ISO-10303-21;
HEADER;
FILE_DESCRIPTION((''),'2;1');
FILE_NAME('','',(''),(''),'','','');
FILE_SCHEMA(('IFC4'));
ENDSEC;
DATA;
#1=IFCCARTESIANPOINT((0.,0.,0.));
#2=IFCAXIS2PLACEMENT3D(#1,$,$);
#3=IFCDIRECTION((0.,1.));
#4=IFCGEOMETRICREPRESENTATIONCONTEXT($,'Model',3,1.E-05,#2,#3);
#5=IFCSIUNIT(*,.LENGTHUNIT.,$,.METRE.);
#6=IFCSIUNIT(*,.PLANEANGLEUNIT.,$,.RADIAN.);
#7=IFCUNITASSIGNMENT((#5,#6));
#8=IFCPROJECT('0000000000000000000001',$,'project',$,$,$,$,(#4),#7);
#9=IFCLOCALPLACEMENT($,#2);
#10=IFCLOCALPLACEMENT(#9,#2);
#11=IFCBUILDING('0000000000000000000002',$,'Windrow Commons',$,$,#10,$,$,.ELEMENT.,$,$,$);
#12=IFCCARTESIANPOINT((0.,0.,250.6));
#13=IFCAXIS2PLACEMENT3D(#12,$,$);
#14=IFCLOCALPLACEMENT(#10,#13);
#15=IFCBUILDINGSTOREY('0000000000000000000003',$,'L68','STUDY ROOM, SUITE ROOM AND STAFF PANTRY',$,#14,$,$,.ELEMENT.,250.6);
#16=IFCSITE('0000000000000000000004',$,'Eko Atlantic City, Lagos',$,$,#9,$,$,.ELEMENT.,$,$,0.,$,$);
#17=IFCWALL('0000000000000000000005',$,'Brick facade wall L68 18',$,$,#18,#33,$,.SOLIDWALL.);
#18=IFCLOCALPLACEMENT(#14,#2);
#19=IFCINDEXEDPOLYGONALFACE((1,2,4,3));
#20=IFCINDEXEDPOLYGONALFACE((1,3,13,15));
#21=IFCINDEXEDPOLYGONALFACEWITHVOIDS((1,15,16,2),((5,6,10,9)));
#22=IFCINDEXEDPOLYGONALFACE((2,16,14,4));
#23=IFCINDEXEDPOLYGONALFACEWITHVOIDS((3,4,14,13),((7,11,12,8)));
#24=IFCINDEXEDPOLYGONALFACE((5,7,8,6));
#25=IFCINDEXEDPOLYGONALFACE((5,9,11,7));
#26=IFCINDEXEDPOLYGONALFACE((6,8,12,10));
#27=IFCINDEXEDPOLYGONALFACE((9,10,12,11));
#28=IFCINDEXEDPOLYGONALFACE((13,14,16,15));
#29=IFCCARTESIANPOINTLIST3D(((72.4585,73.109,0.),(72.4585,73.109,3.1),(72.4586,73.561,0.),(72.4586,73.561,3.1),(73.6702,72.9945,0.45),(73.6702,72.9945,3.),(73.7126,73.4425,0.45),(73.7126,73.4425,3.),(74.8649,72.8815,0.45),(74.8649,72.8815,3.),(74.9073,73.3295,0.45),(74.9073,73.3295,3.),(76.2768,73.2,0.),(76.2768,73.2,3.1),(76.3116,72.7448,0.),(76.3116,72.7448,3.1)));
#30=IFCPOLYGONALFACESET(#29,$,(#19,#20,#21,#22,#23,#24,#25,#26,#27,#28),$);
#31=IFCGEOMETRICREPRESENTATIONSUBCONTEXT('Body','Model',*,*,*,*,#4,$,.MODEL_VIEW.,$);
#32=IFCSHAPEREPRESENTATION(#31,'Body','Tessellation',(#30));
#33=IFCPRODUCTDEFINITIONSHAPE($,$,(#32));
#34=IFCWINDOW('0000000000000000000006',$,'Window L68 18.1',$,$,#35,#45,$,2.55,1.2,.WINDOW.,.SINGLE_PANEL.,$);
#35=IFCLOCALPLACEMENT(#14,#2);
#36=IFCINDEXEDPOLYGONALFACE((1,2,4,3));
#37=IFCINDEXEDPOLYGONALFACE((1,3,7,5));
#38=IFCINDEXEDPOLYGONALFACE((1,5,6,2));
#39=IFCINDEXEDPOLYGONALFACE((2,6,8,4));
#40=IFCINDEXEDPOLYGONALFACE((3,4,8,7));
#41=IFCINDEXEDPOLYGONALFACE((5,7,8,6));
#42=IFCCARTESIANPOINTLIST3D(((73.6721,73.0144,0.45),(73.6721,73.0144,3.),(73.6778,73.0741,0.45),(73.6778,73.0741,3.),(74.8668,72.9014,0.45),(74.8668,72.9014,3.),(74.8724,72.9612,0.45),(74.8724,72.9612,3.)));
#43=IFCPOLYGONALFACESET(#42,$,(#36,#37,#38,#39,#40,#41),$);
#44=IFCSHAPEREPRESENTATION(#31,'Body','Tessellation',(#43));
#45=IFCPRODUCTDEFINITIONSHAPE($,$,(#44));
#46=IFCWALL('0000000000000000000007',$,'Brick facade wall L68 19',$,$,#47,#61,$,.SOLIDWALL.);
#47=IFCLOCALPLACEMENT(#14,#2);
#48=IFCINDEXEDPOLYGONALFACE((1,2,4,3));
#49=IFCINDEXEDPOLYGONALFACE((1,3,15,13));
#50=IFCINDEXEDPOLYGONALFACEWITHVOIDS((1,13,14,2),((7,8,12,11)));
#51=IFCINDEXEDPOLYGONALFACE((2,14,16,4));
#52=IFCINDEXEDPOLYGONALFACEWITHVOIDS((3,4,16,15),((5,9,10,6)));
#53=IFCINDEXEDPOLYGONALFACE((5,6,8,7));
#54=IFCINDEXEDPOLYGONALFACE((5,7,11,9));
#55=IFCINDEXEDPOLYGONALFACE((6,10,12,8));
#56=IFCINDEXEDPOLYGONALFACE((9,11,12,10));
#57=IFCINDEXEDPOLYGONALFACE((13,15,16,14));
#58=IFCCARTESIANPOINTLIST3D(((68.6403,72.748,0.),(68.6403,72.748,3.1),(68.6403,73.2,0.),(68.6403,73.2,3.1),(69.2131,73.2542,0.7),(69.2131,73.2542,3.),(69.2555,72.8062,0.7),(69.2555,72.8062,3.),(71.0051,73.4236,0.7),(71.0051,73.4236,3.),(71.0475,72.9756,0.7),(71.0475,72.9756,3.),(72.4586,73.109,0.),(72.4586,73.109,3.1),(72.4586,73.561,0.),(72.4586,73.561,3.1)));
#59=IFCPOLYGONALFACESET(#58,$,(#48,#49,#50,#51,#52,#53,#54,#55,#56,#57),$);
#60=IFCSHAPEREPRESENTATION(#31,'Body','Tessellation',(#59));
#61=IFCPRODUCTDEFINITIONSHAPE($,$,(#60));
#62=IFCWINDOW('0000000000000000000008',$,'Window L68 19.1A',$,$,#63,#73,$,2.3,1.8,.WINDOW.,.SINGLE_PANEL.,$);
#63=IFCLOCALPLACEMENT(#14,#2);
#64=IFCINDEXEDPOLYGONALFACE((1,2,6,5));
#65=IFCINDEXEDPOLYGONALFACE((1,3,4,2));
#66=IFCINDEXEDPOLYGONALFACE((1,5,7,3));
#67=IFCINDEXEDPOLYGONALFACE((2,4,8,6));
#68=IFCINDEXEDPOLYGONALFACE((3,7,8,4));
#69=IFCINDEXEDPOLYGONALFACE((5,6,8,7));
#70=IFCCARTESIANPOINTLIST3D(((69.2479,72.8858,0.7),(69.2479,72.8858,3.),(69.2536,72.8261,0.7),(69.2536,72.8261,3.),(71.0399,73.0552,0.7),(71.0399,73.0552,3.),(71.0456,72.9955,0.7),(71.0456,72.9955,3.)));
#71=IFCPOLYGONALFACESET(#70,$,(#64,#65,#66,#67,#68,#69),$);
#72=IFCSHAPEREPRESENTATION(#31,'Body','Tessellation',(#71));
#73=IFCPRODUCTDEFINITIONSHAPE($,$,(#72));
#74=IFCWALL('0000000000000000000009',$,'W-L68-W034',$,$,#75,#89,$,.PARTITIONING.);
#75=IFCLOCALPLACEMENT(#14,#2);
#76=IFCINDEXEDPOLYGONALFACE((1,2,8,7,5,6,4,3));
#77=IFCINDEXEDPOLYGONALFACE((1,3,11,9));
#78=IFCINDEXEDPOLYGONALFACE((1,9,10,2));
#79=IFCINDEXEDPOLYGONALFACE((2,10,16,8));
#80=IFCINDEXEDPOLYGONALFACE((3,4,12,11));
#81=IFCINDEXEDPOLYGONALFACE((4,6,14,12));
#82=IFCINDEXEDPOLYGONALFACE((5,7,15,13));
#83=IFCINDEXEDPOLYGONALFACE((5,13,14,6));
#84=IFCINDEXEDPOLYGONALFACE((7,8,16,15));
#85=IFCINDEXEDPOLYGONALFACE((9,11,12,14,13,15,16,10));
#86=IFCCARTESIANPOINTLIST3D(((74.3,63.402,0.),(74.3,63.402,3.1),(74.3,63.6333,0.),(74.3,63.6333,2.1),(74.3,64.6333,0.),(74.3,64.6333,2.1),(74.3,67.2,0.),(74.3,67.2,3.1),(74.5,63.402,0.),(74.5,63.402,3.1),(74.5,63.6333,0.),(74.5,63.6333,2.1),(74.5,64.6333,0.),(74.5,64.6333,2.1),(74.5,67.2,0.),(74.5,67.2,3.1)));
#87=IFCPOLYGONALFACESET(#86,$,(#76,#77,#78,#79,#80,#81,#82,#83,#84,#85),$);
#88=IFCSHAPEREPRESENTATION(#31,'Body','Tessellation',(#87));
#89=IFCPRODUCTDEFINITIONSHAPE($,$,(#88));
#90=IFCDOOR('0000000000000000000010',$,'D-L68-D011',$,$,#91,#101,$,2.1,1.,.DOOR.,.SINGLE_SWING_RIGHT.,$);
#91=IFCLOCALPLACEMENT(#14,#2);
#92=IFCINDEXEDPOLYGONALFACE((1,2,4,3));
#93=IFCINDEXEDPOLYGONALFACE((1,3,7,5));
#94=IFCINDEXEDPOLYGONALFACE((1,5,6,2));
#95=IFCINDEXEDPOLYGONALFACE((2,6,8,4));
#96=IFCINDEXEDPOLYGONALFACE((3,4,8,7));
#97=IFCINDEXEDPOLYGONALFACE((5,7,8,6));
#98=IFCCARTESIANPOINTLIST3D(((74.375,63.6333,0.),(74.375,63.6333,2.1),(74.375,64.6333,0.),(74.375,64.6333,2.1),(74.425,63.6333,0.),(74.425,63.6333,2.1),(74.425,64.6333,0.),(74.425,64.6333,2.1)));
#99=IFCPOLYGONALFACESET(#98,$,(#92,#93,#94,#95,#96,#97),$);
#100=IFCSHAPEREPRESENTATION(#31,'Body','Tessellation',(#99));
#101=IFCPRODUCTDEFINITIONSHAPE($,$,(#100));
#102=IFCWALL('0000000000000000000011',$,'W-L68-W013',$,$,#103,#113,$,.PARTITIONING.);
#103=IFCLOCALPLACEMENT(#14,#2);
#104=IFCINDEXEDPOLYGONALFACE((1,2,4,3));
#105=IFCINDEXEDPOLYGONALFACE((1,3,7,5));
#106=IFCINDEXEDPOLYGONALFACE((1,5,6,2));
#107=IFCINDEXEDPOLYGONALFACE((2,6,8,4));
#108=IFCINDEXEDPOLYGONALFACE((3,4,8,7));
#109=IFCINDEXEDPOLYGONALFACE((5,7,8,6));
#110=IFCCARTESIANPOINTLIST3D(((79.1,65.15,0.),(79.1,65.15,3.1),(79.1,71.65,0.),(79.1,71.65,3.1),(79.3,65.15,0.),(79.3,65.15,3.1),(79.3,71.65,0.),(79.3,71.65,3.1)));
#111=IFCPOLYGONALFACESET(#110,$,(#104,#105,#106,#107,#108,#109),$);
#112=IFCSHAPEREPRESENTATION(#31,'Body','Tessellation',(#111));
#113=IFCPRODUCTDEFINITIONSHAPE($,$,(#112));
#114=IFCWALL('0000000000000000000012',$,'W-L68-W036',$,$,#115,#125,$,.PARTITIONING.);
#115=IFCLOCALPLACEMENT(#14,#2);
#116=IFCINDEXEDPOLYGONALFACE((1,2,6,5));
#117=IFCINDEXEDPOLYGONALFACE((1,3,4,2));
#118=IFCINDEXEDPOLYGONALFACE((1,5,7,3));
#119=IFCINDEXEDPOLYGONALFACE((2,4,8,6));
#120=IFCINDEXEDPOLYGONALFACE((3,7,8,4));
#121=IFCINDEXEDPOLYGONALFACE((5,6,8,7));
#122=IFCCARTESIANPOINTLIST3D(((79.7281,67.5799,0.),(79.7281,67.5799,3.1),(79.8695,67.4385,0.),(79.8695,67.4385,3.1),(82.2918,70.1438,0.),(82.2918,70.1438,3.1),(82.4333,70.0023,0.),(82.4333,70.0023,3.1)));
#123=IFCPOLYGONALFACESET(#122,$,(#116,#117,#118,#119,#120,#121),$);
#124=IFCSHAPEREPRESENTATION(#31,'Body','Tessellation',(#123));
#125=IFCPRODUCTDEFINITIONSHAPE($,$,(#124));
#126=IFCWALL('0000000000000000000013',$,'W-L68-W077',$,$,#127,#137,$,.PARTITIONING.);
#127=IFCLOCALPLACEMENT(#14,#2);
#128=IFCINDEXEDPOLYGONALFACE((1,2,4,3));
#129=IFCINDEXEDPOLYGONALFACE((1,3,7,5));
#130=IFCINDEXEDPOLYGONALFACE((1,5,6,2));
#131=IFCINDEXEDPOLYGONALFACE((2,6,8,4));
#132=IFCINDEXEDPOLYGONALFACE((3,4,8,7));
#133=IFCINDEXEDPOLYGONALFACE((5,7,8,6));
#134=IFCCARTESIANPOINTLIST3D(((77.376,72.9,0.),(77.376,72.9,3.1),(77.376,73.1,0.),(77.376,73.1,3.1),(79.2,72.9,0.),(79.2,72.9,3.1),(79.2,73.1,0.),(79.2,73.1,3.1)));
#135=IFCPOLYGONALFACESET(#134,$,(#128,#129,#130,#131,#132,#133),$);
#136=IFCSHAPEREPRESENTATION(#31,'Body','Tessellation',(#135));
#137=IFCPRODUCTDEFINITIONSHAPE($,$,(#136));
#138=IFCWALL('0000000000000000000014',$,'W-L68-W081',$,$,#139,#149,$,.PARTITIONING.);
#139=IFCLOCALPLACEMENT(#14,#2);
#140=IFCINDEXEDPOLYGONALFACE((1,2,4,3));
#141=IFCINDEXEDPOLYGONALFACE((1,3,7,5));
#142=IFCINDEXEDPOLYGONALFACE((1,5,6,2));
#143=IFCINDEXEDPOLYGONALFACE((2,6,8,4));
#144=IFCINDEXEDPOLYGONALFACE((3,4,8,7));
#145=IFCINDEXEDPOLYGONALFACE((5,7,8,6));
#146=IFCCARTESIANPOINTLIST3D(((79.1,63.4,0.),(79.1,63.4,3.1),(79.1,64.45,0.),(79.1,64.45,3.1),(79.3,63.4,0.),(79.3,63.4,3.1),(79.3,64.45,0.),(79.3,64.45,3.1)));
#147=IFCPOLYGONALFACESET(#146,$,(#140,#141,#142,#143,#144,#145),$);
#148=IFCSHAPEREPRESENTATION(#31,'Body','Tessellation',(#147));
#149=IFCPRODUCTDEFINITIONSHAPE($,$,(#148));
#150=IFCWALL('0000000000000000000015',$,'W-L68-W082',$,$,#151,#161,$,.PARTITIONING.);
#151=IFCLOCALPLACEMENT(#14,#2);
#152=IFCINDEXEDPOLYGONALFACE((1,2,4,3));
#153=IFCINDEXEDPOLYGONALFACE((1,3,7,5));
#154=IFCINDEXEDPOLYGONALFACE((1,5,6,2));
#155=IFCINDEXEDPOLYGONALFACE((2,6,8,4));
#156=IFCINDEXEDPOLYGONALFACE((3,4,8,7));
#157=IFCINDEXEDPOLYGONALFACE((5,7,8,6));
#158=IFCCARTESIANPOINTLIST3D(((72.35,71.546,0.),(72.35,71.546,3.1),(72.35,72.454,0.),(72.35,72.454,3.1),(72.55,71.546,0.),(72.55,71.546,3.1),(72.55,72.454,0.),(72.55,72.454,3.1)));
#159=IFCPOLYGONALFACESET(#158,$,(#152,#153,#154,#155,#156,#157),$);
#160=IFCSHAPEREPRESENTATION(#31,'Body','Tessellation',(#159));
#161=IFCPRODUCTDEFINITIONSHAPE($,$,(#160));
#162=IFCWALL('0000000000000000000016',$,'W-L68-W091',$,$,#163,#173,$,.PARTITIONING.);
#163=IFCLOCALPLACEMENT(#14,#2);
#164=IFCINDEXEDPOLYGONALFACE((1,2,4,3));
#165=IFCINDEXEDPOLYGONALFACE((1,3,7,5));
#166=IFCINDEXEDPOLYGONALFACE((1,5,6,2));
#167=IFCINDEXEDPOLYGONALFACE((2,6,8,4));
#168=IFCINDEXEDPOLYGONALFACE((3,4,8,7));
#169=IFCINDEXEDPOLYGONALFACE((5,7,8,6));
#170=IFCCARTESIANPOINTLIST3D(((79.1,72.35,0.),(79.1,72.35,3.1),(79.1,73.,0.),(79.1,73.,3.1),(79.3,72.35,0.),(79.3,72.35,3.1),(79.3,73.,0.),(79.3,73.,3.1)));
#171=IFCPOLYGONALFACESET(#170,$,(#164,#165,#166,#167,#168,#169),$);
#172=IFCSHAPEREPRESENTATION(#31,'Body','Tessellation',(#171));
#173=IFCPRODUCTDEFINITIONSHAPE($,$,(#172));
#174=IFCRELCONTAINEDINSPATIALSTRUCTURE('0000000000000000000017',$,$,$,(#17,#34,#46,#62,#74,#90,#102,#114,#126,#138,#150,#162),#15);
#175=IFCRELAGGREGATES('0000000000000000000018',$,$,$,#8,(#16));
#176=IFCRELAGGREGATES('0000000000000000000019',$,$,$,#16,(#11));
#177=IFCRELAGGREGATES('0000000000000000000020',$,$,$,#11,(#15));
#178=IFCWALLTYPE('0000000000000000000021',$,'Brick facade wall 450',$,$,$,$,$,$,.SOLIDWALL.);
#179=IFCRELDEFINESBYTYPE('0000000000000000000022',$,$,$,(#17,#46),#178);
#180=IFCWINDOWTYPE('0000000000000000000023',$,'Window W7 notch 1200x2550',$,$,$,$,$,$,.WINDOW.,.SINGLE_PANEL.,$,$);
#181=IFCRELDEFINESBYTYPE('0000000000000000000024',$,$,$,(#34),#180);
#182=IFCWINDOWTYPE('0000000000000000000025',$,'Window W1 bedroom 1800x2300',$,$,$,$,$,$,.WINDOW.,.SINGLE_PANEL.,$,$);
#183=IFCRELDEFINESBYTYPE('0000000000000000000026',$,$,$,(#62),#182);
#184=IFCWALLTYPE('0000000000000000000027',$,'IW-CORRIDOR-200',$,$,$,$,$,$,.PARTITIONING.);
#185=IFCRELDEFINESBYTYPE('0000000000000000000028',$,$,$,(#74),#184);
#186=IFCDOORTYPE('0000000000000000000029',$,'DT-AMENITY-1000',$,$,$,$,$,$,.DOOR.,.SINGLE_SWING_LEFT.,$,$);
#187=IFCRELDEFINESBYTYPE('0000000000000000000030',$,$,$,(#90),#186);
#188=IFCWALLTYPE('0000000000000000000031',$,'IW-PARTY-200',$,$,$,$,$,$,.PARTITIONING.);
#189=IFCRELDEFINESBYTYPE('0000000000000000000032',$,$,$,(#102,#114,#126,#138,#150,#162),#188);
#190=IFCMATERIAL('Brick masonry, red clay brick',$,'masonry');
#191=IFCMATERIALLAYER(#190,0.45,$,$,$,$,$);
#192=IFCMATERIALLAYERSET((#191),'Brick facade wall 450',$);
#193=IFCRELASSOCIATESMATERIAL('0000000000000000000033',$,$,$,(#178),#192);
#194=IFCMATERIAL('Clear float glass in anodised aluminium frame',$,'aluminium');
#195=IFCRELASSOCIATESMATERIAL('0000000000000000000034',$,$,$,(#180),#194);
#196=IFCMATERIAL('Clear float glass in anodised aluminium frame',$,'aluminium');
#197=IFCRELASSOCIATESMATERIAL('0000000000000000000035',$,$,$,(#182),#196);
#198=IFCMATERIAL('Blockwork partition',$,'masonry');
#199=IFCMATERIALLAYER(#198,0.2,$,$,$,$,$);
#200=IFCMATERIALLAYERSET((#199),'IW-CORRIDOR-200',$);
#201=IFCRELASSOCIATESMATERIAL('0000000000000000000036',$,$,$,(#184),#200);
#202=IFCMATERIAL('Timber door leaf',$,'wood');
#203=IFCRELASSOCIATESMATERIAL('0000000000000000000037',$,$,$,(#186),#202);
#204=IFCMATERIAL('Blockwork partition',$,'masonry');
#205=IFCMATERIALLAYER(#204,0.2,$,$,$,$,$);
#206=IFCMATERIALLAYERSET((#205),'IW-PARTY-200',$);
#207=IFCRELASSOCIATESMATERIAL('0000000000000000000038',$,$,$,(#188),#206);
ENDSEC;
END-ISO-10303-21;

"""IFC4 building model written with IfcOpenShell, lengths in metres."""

from ifc_helpers import new_model, si_unit, direction, frame, frame_2d, origin, place, context, subcontext, project, spatial, polyline, rectangle, outline, extrude, material, layer, layer_set, type_object, element, fill, save


model = new_model("IFC4")

# Units and contexts
model_context = context("Model", 3, precision=1e-05, world=origin(), true_north=direction((0.0, 1.0)))
body_context = subcontext(model_context, "Body", "Model", "MODEL_VIEW")
ifc_project = project(units=[si_unit("LENGTHUNIT", "METRE"), si_unit("PLANEANGLEUNIT", "RADIAN")], contexts=[model_context])

# Site, building, storey
site_placement = place(None, origin())
site = spatial("IfcSite", under=ifc_project, at=site_placement, Name="Eko Atlantic City, Lagos", CompositionType="ELEMENT", RefElevation=0.0)
building_placement = place(site_placement, origin())
building = spatial("IfcBuilding", under=site, at=building_placement, Name="Windrow Commons", CompositionType="ELEMENT")
storey_placement = place(building_placement, frame((0.0, 0.0, 250.6)))
storey = spatial("IfcBuildingStorey", under=building, at=storey_placement, Name="L68", Description="STUDY ROOM, SUITE ROOM AND STAFF PANTRY", CompositionType="ELEMENT", Elevation=250.6)

# Walls, openings, windows
ifc_material_1 = material(Name="Brick masonry, red clay brick", Category="masonry")
ifc_layer_1 = layer(ifc_material_1, 0.45)
ifc_layer_set_1 = layer_set([ifc_layer_1], Name="Brick facade wall 450")
wall_type_1 = type_object("IfcWallType", Name="Brick facade wall 450", PredefinedType="SOLIDWALL", material=ifc_layer_set_1)
ifc_material_2 = material(Name="Clear float glass in anodised aluminium frame", Category="aluminium")
window_type_1 = type_object("IfcWindowType", Name="Window W7 notch 1200x2550", PartitioningType="SINGLE_PANEL", PredefinedType="WINDOW", material=ifc_material_2)
wall_1_placement = place(storey_placement, frame((76.2942, 72.9724, 0.0), z_axis=(0.0, 0.0, 1.0), x_axis=(-0.995561, 0.094116, 0.0)))
wall_1 = element("IfcWall", 1, at=wall_1_placement, inside=storey, type_object=wall_type_1, Name="Brick facade wall L68 18", PredefinedType="SOLIDWALL", context=body_context, shape_type="SweptSolid", body=[
    extrude(outline(polyline([(0.0387, -0.225), (3.874, -0.225), (3.8315, 0.225), (-0.0387, 0.225), (0.0387, -0.225)])), origin(), (0.0, 0.0, 1.0), 3.1),
])
opening_1_placement = place(wall_1_placement, frame((1.4144, 0.0, 0.45)))
opening_1 = element("IfcOpeningElement", 2, at=opening_1_placement, cuts=wall_1, PredefinedType="OPENING", context=body_context, shape_type="SweptSolid", body=[
    extrude(rectangle(XDim=1.2, YDim=2.55, at=frame_2d((0.6, 1.275))), frame((0.0, 0.235, 0.0), z_axis=(0.0, -1.0, 0.0), x_axis=(1.0, 0.0, 0.0)), (0.0, 0.0, 1.0), 0.47),
])
window_1_placement = place(opening_1_placement, origin())
window_1 = element("IfcWindow", 3, at=window_1_placement, inside=storey, type_object=window_type_1, Name="Window L68 18.1", OverallHeight=2.55, OverallWidth=1.2, PartitioningType="SINGLE_PANEL", PredefinedType="WINDOW", context=body_context, shape_type="SweptSolid", body=[
    extrude(rectangle(XDim=1.2, YDim=2.55, at=frame_2d((0.6, 1.275))), frame((0.0, 0.205, 0.0), z_axis=(0.0, -1.0, 0.0), x_axis=(1.0, 0.0, 0.0)), (0.0, 0.0, 1.0), 0.06),
])
fill(opening_1, window_1)
wall_2_placement = place(storey_placement, frame((72.4586, 73.335, 0.0), z_axis=(0.0, 0.0, 1.0), x_axis=(-0.99556, -0.094125, 0.0)))
wall_2 = element("IfcWall", 4, at=wall_2_placement, inside=storey, type_object=wall_type_1, Name="Brick facade wall L68 19", PredefinedType="SOLIDWALL", context=body_context, shape_type="SweptSolid", body=[
    extrude(outline(polyline([(-0.0213, -0.225), (3.8141, -0.225), (3.8566, 0.225), (0.0213, 0.225), (-0.0213, -0.225)])), origin(), (0.0, 0.0, 1.0), 3.1),
])
opening_2_placement = place(wall_2_placement, frame((1.4387, 0.0, 0.7)))
opening_2 = element("IfcOpeningElement", 5, at=opening_2_placement, cuts=wall_2, PredefinedType="OPENING", context=body_context, shape_type="SweptSolid", body=[
    extrude(rectangle(XDim=1.8, YDim=2.3, at=frame_2d((0.9, 1.15))), frame((0.0, 0.235, 0.0), z_axis=(0.0, -1.0, 0.0), x_axis=(1.0, 0.0, 0.0)), (0.0, 0.0, 1.0), 0.47),
])
ifc_material_3 = material(Name="Clear float glass in anodised aluminium frame", Category="aluminium")
window_type_2 = type_object("IfcWindowType", Name="Window W1 bedroom 1800x2300", PartitioningType="SINGLE_PANEL", PredefinedType="WINDOW", material=ifc_material_3)
window_2_placement = place(opening_2_placement, origin())
window_2 = element("IfcWindow", 6, at=window_2_placement, inside=storey, type_object=window_type_2, Name="Window L68 19.1A", OverallHeight=2.3, OverallWidth=1.8, PartitioningType="SINGLE_PANEL", PredefinedType="WINDOW", context=body_context, shape_type="SweptSolid", body=[
    extrude(rectangle(XDim=1.8, YDim=2.3, at=frame_2d((0.9, 1.15))), frame((0.0, 0.205, 0.0), z_axis=(0.0, -1.0, 0.0), x_axis=(1.0, 0.0, 0.0)), (0.0, 0.0, 1.0), 0.06),
])
fill(opening_2, window_2)

# Wall, opening, door
ifc_material_4 = material(Name="Blockwork partition", Category="masonry")
ifc_layer_2 = layer(ifc_material_4, 0.2)
ifc_layer_set_2 = layer_set([ifc_layer_2], Name="IW-CORRIDOR-200")
wall_type_2 = type_object("IfcWallType", Name="IW-CORRIDOR-200", PredefinedType="PARTITIONING", material=ifc_layer_set_2)
wall_3_placement = place(storey_placement, frame((74.4, 63.402, 0.0), z_axis=(0.0, 0.0, 1.0), x_axis=(0.0, 1.0, 0.0)))
wall_3 = element("IfcWall", 7, at=wall_3_placement, inside=storey, type_object=wall_type_2, Name="W-L68-W034", PredefinedType="PARTITIONING", context=body_context, shape_type="SweptSolid", body=[
    extrude(rectangle(XDim=3.798, YDim=0.2, at=frame_2d((1.899, 0.0))), origin(), (0.0, 0.0, 1.0), 3.1),
])
opening_3_placement = place(wall_3_placement, frame((0.2313, 0.0, 0.0)))
opening_3 = element("IfcOpeningElement", 8, at=opening_3_placement, cuts=wall_3, PredefinedType="OPENING", context=body_context, shape_type="SweptSolid", body=[
    extrude(rectangle(XDim=1.0, YDim=2.1, at=frame_2d((0.5, 1.05))), frame((0.0, 0.11, 0.0), z_axis=(0.0, -1.0, 0.0), x_axis=(1.0, 0.0, 0.0)), (0.0, 0.0, 1.0), 0.22),
])
ifc_material_5 = material(Name="Timber door leaf", Category="wood")
door_type = type_object("IfcDoorType", Name="DT-AMENITY-1000", OperationType="SINGLE_SWING_LEFT", PredefinedType="DOOR", material=ifc_material_5)
door_placement = place(opening_3_placement, origin())
door = element("IfcDoor", 9, at=door_placement, inside=storey, type_object=door_type, Name="D-L68-D011", OperationType="SINGLE_SWING_RIGHT", OverallHeight=2.1, OverallWidth=1.0, PredefinedType="DOOR", context=body_context, shape_type="SweptSolid", body=[
    extrude(rectangle(XDim=1.0, YDim=2.1, at=frame_2d((0.5, 1.05))), frame((0.0, 0.025, 0.0), z_axis=(0.0, -1.0, 0.0), x_axis=(1.0, 0.0, 0.0)), (0.0, 0.0, 1.0), 0.05),
])
fill(opening_3, door)

# Walls
ifc_material_6 = material(Name="Blockwork partition", Category="masonry")
ifc_layer_3 = layer(ifc_material_6, 0.2)
ifc_layer_set_3 = layer_set([ifc_layer_3], Name="IW-PARTY-200")
wall_type_3 = type_object("IfcWallType", Name="IW-PARTY-200", PredefinedType="PARTITIONING", material=ifc_layer_set_3)
wall_4_placement = place(storey_placement, frame((79.2, 65.15, 0.0), z_axis=(0.0, 0.0, 1.0), x_axis=(0.0, 1.0, 0.0)))
element("IfcWall", 10, at=wall_4_placement, inside=storey, type_object=wall_type_3, Name="W-L68-W013", PredefinedType="PARTITIONING", context=body_context, shape_type="SweptSolid", body=[
    extrude(rectangle(XDim=6.5, YDim=0.2, at=frame_2d((3.25, 0.0))), origin(), (0.0, 0.0, 1.0), 3.1),
])
wall_5_placement = place(storey_placement, frame((79.7988, 67.5092, 0.0), z_axis=(0.0, 0.0, 1.0), x_axis=(0.707093, 0.707121, 0.0)))
element("IfcWall", 11, at=wall_5_placement, inside=storey, type_object=wall_type_3, Name="W-L68-W036", PredefinedType="PARTITIONING", context=body_context, shape_type="SweptSolid", body=[
    extrude(rectangle(XDim=3.6257, YDim=0.2, at=frame_2d((1.8129, 0.0))), origin(), (0.0, 0.0, 1.0), 3.1),
])
wall_6_placement = place(storey_placement, frame((77.3759, 73.0, 0.0), z_axis=(0.0, 0.0, 1.0), x_axis=(1.0, 0.0, 0.0)))
element("IfcWall", 12, at=wall_6_placement, inside=storey, type_object=wall_type_3, Name="W-L68-W077", PredefinedType="PARTITIONING", context=body_context, shape_type="SweptSolid", body=[
    extrude(rectangle(XDim=1.8241, YDim=0.2, at=frame_2d((0.9121, 0.0))), origin(), (0.0, 0.0, 1.0), 3.1),
])
wall_7_placement = place(storey_placement, frame((79.2, 63.4, 0.0), z_axis=(0.0, 0.0, 1.0), x_axis=(0.0, 1.0, 0.0)))
element("IfcWall", 13, at=wall_7_placement, inside=storey, type_object=wall_type_3, Name="W-L68-W081", PredefinedType="PARTITIONING", context=body_context, shape_type="SweptSolid", body=[
    extrude(rectangle(XDim=1.05, YDim=0.2, at=frame_2d((0.525, 0.0))), origin(), (0.0, 0.0, 1.0), 3.1),
])
wall_8_placement = place(storey_placement, frame((72.45, 71.546, 0.0), z_axis=(0.0, 0.0, 1.0), x_axis=(0.0, 1.0, 0.0)))
element("IfcWall", 14, at=wall_8_placement, inside=storey, type_object=wall_type_3, Name="W-L68-W082", PredefinedType="PARTITIONING", context=body_context, shape_type="SweptSolid", body=[
    extrude(rectangle(XDim=0.908, YDim=0.2, at=frame_2d((0.454, 0.0))), origin(), (0.0, 0.0, 1.0), 3.1),
])
wall_9_placement = place(storey_placement, frame((79.2, 72.35, 0.0), z_axis=(0.0, 0.0, 1.0), x_axis=(0.0, 1.0, 0.0)))
element("IfcWall", 15, at=wall_9_placement, inside=storey, type_object=wall_type_3, Name="W-L68-W091", PredefinedType="PARTITIONING", context=body_context, shape_type="SweptSolid", body=[
    extrude(rectangle(XDim=0.65, YDim=0.2, at=frame_2d((0.325, 0.0))), origin(), (0.0, 0.0, 1.0), 3.1),
])

save(model, "model.ifc")
